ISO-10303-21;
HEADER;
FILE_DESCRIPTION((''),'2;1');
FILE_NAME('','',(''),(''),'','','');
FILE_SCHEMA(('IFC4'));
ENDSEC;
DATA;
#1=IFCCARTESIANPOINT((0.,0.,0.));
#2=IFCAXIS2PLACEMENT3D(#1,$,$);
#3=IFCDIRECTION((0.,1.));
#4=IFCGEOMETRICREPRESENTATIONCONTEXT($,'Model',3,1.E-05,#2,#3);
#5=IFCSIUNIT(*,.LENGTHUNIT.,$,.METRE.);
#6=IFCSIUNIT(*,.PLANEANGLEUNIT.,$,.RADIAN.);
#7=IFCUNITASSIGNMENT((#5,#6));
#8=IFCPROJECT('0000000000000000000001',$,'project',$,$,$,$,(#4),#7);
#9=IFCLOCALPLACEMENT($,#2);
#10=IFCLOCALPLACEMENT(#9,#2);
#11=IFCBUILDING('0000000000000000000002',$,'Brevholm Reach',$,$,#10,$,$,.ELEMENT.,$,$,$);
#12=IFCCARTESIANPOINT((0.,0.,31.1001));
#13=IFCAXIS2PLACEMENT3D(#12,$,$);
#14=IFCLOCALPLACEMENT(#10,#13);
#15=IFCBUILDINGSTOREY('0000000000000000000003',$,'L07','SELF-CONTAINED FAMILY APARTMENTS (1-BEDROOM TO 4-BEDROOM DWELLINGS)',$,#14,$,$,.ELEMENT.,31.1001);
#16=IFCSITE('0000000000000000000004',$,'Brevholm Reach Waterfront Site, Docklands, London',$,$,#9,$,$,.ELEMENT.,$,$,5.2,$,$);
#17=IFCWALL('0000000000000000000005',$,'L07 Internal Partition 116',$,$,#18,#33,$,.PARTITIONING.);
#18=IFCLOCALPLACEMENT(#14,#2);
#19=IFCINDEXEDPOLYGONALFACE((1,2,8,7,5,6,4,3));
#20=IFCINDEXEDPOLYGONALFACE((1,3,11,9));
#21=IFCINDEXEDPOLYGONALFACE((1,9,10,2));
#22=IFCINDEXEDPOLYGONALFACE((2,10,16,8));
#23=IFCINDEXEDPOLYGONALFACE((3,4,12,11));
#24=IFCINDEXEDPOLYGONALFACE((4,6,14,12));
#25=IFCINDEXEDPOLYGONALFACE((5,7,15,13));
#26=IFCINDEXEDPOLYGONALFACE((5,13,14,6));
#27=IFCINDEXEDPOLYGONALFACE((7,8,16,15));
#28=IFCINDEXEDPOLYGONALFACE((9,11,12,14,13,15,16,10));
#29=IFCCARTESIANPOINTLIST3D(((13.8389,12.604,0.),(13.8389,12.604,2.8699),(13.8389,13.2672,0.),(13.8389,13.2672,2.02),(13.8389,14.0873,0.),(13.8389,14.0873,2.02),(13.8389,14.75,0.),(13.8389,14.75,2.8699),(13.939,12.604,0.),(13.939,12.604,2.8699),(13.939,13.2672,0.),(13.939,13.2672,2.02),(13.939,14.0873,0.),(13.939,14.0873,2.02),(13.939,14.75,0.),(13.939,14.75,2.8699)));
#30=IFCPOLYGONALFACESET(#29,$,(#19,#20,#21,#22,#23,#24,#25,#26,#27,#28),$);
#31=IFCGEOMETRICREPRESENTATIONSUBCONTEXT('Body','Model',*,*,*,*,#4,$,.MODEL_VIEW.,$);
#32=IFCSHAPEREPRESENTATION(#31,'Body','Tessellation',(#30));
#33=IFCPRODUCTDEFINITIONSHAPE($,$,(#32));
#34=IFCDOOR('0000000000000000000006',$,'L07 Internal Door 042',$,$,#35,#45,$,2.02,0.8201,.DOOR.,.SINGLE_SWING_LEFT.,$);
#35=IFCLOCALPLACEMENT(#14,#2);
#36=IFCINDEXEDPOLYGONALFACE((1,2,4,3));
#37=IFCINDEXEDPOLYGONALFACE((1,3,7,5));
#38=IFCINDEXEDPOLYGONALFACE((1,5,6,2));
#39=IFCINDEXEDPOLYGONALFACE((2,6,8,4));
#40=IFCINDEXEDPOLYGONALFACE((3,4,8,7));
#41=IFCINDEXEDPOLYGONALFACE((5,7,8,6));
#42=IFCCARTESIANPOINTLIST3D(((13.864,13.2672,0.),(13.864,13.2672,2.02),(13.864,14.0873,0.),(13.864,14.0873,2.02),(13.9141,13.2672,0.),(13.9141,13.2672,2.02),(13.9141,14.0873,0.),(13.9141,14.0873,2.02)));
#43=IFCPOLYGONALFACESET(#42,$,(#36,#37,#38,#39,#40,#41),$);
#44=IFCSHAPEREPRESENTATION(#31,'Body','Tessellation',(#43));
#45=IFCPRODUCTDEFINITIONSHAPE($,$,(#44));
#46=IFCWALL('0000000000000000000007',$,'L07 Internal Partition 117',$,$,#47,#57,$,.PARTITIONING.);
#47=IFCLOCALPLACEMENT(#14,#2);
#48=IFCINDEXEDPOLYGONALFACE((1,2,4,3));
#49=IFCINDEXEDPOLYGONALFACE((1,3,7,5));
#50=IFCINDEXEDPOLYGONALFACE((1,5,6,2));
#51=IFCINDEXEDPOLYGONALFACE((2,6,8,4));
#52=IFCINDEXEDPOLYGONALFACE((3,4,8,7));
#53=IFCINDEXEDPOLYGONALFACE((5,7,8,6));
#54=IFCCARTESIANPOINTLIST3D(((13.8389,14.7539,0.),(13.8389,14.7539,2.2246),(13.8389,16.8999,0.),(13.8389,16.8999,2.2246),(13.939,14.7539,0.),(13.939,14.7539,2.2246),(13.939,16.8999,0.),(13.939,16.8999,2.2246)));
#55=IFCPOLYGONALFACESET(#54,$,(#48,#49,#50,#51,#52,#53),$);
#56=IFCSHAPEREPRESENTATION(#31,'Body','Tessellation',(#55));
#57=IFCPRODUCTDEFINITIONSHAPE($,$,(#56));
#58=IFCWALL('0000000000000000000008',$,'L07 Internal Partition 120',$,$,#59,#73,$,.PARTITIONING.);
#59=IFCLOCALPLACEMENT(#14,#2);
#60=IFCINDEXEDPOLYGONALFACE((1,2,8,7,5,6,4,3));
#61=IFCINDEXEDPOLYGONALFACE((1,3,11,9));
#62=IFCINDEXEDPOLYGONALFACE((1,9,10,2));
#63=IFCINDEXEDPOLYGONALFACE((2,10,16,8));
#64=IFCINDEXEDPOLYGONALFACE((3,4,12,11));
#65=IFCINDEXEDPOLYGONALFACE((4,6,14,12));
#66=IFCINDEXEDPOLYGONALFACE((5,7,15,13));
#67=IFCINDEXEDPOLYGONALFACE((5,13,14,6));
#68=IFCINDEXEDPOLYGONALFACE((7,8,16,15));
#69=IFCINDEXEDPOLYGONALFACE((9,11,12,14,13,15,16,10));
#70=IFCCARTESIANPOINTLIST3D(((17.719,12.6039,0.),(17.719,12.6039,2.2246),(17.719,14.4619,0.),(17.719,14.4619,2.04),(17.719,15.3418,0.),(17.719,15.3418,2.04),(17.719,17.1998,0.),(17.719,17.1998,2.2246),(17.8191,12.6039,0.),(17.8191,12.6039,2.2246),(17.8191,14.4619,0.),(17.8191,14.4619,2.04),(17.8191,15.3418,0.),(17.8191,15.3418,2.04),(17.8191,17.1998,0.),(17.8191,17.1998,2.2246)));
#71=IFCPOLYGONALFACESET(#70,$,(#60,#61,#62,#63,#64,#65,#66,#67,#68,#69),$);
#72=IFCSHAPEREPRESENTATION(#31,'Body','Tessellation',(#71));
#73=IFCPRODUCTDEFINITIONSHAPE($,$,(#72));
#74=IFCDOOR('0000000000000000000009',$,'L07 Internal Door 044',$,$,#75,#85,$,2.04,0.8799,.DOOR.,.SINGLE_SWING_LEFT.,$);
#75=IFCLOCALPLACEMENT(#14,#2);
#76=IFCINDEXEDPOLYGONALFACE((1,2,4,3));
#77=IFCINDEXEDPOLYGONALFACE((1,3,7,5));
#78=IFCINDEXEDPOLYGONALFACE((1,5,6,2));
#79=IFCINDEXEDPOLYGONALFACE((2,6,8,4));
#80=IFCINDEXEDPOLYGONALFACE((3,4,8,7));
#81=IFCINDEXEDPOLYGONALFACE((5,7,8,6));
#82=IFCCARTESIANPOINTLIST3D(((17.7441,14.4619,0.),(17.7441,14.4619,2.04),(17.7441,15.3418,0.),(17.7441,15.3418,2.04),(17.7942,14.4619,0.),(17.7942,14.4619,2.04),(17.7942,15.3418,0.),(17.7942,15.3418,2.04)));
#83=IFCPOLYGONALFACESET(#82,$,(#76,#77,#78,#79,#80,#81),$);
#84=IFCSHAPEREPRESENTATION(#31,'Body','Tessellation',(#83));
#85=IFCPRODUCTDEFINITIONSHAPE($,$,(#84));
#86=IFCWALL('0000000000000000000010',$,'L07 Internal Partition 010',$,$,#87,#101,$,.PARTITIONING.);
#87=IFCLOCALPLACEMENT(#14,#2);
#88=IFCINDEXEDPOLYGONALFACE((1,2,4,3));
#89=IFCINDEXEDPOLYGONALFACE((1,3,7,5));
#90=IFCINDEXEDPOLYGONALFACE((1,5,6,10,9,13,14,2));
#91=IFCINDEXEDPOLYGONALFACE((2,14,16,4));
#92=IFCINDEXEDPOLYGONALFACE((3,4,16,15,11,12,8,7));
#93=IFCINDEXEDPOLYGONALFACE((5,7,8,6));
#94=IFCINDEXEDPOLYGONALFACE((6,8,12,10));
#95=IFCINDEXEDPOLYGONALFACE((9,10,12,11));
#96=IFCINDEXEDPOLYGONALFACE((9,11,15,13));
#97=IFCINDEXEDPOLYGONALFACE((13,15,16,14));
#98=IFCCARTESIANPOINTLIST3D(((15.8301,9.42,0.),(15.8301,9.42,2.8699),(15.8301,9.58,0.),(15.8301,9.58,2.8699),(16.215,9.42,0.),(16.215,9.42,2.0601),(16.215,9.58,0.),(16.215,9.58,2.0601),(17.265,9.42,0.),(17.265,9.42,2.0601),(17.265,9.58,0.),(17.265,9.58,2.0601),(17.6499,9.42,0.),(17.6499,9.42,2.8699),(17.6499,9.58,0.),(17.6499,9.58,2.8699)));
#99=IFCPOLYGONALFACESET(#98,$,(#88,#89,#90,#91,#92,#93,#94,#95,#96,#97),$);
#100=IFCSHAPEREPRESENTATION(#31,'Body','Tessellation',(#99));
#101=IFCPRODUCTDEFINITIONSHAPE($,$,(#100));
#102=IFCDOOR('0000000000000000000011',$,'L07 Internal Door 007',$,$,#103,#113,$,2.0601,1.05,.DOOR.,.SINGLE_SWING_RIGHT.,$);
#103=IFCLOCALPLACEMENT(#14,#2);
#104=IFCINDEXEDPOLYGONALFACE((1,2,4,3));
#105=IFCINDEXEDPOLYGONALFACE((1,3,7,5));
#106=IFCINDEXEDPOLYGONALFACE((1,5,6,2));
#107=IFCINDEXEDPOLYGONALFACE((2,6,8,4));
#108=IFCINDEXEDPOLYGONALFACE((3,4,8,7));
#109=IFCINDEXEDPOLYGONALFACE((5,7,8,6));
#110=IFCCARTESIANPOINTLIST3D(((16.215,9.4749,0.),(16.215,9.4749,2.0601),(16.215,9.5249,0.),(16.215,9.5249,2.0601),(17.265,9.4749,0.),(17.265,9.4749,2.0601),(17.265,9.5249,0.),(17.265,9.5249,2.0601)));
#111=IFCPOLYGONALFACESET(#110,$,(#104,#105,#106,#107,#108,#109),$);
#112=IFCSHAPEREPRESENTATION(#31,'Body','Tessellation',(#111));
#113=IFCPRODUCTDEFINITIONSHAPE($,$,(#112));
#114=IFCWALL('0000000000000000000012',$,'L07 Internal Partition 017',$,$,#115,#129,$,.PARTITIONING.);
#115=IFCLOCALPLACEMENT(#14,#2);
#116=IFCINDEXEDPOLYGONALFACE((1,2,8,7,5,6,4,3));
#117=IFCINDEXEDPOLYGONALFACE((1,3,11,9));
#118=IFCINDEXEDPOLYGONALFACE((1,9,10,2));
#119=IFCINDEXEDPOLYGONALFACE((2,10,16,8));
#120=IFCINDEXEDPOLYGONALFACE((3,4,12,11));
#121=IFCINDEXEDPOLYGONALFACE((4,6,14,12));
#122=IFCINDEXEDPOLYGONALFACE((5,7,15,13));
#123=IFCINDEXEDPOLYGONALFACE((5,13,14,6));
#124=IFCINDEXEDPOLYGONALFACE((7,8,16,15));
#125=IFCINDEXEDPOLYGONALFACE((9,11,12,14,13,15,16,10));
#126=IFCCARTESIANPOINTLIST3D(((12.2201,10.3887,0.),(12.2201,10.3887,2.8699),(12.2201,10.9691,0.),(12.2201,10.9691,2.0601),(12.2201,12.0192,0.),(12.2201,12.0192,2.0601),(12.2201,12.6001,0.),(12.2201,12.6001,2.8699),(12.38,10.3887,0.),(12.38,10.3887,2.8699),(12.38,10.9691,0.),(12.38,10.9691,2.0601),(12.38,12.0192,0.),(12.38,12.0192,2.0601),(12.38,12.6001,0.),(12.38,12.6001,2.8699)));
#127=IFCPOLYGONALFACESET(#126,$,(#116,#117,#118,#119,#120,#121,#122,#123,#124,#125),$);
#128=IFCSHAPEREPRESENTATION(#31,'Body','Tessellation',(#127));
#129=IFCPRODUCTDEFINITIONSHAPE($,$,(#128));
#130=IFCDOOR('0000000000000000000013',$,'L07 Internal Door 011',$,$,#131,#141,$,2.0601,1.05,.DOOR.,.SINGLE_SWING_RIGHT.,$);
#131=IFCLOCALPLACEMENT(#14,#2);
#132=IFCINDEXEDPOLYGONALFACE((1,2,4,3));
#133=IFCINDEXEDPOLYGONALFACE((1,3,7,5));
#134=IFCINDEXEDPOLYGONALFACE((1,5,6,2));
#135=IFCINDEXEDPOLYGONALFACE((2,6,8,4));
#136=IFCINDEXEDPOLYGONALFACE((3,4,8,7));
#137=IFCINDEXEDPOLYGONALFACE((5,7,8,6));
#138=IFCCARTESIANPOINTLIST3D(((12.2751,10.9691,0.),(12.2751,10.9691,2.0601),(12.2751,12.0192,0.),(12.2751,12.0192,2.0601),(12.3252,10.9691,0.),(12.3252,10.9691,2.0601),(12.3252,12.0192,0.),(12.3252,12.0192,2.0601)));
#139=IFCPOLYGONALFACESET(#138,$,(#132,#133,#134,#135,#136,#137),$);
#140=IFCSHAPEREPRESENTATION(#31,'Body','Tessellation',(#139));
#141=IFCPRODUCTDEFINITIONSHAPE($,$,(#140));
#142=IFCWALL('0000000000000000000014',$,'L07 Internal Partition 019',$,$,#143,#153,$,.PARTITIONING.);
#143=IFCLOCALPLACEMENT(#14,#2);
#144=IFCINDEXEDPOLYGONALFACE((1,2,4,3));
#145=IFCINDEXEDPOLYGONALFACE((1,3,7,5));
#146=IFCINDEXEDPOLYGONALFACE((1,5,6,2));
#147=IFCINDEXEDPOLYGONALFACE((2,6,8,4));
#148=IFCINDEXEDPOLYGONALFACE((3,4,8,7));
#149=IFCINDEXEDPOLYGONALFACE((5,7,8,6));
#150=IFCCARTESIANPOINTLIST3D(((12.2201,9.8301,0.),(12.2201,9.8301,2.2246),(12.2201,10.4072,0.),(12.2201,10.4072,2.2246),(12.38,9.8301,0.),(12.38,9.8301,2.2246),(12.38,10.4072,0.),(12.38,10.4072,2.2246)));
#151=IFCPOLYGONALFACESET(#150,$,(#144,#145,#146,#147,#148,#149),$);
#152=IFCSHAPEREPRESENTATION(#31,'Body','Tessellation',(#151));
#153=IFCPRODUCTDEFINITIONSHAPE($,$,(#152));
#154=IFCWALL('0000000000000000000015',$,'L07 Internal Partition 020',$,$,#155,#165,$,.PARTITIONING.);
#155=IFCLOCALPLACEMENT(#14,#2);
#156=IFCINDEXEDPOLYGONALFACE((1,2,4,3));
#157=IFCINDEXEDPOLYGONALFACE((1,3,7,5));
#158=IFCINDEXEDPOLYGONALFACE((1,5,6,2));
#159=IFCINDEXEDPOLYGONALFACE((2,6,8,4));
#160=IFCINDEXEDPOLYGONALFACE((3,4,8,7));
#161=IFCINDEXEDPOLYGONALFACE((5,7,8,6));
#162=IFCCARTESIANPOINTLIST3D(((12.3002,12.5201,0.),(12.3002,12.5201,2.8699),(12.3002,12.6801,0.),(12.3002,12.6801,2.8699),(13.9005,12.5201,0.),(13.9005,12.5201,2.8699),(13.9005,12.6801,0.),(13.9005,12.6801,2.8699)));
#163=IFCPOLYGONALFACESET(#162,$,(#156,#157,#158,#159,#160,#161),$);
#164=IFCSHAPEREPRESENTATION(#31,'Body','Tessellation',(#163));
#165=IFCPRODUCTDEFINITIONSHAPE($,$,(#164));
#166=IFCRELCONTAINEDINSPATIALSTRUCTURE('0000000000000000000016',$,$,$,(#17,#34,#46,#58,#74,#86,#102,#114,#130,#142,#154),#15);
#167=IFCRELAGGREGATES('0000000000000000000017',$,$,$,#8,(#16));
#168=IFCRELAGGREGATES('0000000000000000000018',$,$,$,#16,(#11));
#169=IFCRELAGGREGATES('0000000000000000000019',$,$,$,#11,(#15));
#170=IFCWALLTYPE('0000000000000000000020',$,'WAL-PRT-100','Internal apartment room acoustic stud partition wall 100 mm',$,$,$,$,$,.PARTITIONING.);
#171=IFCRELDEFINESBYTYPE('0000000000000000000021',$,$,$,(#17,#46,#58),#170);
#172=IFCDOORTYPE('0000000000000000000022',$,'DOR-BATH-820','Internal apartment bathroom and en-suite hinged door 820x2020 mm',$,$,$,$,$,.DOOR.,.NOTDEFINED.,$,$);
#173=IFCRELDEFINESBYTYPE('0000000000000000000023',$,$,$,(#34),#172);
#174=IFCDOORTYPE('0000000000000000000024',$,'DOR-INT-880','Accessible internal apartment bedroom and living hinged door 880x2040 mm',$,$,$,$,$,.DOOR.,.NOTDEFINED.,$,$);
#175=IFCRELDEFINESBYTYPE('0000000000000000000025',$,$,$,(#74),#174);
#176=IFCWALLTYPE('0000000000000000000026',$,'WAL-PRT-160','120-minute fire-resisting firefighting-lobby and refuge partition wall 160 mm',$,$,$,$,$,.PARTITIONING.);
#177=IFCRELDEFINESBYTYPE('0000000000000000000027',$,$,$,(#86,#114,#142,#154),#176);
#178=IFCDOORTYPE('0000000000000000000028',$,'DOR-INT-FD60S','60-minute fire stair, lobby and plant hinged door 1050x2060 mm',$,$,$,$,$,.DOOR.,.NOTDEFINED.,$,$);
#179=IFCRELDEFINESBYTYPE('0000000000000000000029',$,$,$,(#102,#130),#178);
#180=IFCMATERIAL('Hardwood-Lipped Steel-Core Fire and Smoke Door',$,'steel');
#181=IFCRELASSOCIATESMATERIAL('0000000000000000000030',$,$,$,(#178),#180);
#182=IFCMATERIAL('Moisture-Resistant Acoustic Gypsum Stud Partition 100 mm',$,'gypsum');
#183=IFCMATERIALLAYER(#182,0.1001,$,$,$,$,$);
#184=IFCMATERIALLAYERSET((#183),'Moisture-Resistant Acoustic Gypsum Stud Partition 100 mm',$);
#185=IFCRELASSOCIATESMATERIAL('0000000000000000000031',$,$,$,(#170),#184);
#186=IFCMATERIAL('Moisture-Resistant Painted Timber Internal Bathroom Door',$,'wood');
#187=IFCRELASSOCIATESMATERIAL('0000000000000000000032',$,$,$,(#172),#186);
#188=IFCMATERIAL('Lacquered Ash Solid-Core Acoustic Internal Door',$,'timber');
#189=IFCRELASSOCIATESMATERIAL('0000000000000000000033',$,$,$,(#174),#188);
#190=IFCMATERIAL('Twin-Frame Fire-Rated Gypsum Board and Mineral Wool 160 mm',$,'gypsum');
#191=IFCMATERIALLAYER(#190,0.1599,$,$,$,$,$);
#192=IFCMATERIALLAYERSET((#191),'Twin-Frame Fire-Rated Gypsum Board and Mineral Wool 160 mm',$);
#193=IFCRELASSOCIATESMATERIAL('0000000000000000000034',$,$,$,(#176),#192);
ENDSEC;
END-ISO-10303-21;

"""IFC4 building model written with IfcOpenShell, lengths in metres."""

from ifc_helpers import new_model, si_unit, direction, frame, frame_2d, origin, place, context, subcontext, project, spatial, rectangle, extrude, material, layer, layer_set, type_object, element, fill, save


model = new_model("IFC4")

# Units and contexts
model_context = context("Model", 3, precision=1e-05, world=origin(), true_north=direction((0.0, 1.0)))
body_context = subcontext(model_context, "Body", "Model", "MODEL_VIEW")
ifc_project = project(units=[si_unit("LENGTHUNIT", "METRE"), si_unit("PLANEANGLEUNIT", "RADIAN")], contexts=[model_context])

# Site, building, storey
site_placement = place(None, origin())
site = spatial("IfcSite", under=ifc_project, at=site_placement, Name="Brevholm Reach Waterfront Site, Docklands, London", CompositionType="ELEMENT", RefElevation=5.2)
building_placement = place(site_placement, origin())
building = spatial("IfcBuilding", under=site, at=building_placement, Name="Brevholm Reach", CompositionType="ELEMENT")
storey_placement = place(building_placement, frame((0.0, 0.0, 31.1001)))
storey = spatial("IfcBuildingStorey", under=building, at=storey_placement, Name="L07", Description="SELF-CONTAINED FAMILY APARTMENTS (1-BEDROOM TO 4-BEDROOM DWELLINGS)", CompositionType="ELEMENT", Elevation=31.1001)

# Shared definitions
ifc_material_1 = material(Name="Hardwood-Lipped Steel-Core Fire and Smoke Door", Category="steel")
door_type_1 = type_object("IfcDoorType", Name="DOR-INT-FD60S", Description="60-minute fire stair, lobby and plant hinged door 1050x2060 mm", OperationType="NOTDEFINED", PredefinedType="DOOR", material=ifc_material_1)

# Shared definitions
ifc_material_2 = material(Name="Moisture-Resistant Acoustic Gypsum Stud Partition 100 mm", Category="gypsum")
ifc_layer_1 = layer(ifc_material_2, 0.1001)
ifc_layer_set_1 = layer_set([ifc_layer_1], Name="Moisture-Resistant Acoustic Gypsum Stud Partition 100 mm")
wall_type_1 = type_object("IfcWallType", Name="WAL-PRT-100", Description="Internal apartment room acoustic stud partition wall 100 mm", PredefinedType="PARTITIONING", material=ifc_layer_set_1)

# Wall, opening, door
wall_1_placement = place(storey_placement, frame((13.8889, 12.604, 0.0), z_axis=(0.0, 0.0, 1.0), x_axis=(0.0, 1.0, 0.0)))
wall_1 = element("IfcWall", 1, at=wall_1_placement, inside=storey, type_object=wall_type_1, Name="L07 Internal Partition 116", PredefinedType="PARTITIONING", context=body_context, shape_type="SweptSolid", body=[
    extrude(rectangle(XDim=2.146, YDim=0.1001, at=frame_2d((1.073, 0.0))), origin(), (0.0, 0.0, 1.0), 2.8699),
])
opening_1_placement = place(wall_1_placement, frame((0.6631, 0.0, 0.0)))
opening_1 = element("IfcOpeningElement", 2, at=opening_1_placement, cuts=wall_1, PredefinedType="OPENING", context=body_context, shape_type="SweptSolid", body=[
    extrude(rectangle(XDim=0.8201, YDim=2.02, at=frame_2d((0.4102, 1.01))), frame((0.0, 0.0601, 0.0), z_axis=(0.0, -1.0, 0.0), x_axis=(1.0, 0.0, 0.0)), (0.0, 0.0, 1.0), 0.1201),
])
ifc_material_3 = material(Name="Moisture-Resistant Painted Timber Internal Bathroom Door", Category="wood")
door_type_2 = type_object("IfcDoorType", Name="DOR-BATH-820", Description="Internal apartment bathroom and en-suite hinged door 820x2020 mm", OperationType="NOTDEFINED", PredefinedType="DOOR", material=ifc_material_3)
door_1_placement = place(opening_1_placement, origin())
door_1 = element("IfcDoor", 3, at=door_1_placement, inside=storey, type_object=door_type_2, Name="L07 Internal Door 042", OperationType="SINGLE_SWING_LEFT", OverallHeight=2.02, OverallWidth=0.8201, PredefinedType="DOOR", context=body_context, shape_type="SweptSolid", body=[
    extrude(rectangle(XDim=0.8201, YDim=2.02, at=frame_2d((0.4102, 1.01))), frame((0.0, 0.0249, 0.0), z_axis=(0.0, -1.0, 0.0), x_axis=(1.0, 0.0, 0.0)), (0.0, 0.0, 1.0), 0.05),
])
fill(opening_1, door_1)

# Wall
wall_2_placement = place(storey_placement, frame((13.8889, 14.7539, 0.0), z_axis=(0.0, 0.0, 1.0), x_axis=(0.0, 1.0, 0.0)))
element("IfcWall", 4, at=wall_2_placement, inside=storey, type_object=wall_type_1, Name="L07 Internal Partition 117", PredefinedType="PARTITIONING", context=body_context, shape_type="SweptSolid", body=[
    extrude(rectangle(XDim=2.146, YDim=0.1001, at=frame_2d((1.073, 0.0))), origin(), (0.0, 0.0, 1.0), 2.2246),
])

# Walls, openings, doors
wall_3_placement = place(storey_placement, frame((17.769, 12.604, 0.0), z_axis=(0.0, 0.0, 1.0), x_axis=(0.0, 1.0, 0.0)))
wall_3 = element("IfcWall", 5, at=wall_3_placement, inside=storey, type_object=wall_type_1, Name="L07 Internal Partition 120", PredefinedType="PARTITIONING", context=body_context, shape_type="SweptSolid", body=[
    extrude(rectangle(XDim=4.5959, YDim=0.1001, at=frame_2d((2.2979, 0.0))), origin(), (0.0, 0.0, 1.0), 2.2246),
])
opening_2_placement = place(wall_3_placement, frame((1.8579, 0.0, 0.0)))
opening_2 = element("IfcOpeningElement", 6, at=opening_2_placement, cuts=wall_3, PredefinedType="OPENING", context=body_context, shape_type="SweptSolid", body=[
    extrude(rectangle(XDim=0.8799, YDim=2.04, at=frame_2d((0.4399, 1.02))), frame((0.0, 0.0601, 0.0), z_axis=(0.0, -1.0, 0.0), x_axis=(1.0, 0.0, 0.0)), (0.0, 0.0, 1.0), 0.1201),
])
ifc_material_4 = material(Name="Lacquered Ash Solid-Core Acoustic Internal Door", Category="timber")
door_type_3 = type_object("IfcDoorType", Name="DOR-INT-880", Description="Accessible internal apartment bedroom and living hinged door 880x2040 mm", OperationType="NOTDEFINED", PredefinedType="DOOR", material=ifc_material_4)
door_2_placement = place(opening_2_placement, origin())
door_2 = element("IfcDoor", 7, at=door_2_placement, inside=storey, type_object=door_type_3, Name="L07 Internal Door 044", OperationType="SINGLE_SWING_LEFT", OverallHeight=2.04, OverallWidth=0.8799, PredefinedType="DOOR", context=body_context, shape_type="SweptSolid", body=[
    extrude(rectangle(XDim=0.8799, YDim=2.04, at=frame_2d((0.4399, 1.02))), frame((0.0, 0.0249, 0.0), z_axis=(0.0, -1.0, 0.0), x_axis=(1.0, 0.0, 0.0)), (0.0, 0.0, 1.0), 0.05),
])
fill(opening_2, door_2)
ifc_material_5 = material(Name="Twin-Frame Fire-Rated Gypsum Board and Mineral Wool 160 mm", Category="gypsum")
ifc_layer_2 = layer(ifc_material_5, 0.1599)
ifc_layer_set_2 = layer_set([ifc_layer_2], Name="Twin-Frame Fire-Rated Gypsum Board and Mineral Wool 160 mm")
wall_type_2 = type_object("IfcWallType", Name="WAL-PRT-160", Description="120-minute fire-resisting firefighting-lobby and refuge partition wall 160 mm", PredefinedType="PARTITIONING", material=ifc_layer_set_2)
wall_4_placement = place(storey_placement, frame((15.8301, 9.5, 0.0), z_axis=(0.0, 0.0, 1.0), x_axis=(1.0, 0.0, 0.0)))
wall_4 = element("IfcWall", 8, at=wall_4_placement, inside=storey, type_object=wall_type_2, Name="L07 Internal Partition 010", PredefinedType="PARTITIONING", context=body_context, shape_type="SweptSolid", body=[
    extrude(rectangle(XDim=1.8198, YDim=0.1599, at=frame_2d((0.9099, 0.0))), origin(), (0.0, 0.0, 1.0), 2.8699),
])
opening_3_placement = place(wall_4_placement, frame((0.385, 0.0, 0.0)))
opening_3 = element("IfcOpeningElement", 9, at=opening_3_placement, cuts=wall_4, PredefinedType="OPENING", context=body_context, shape_type="SweptSolid", body=[
    extrude(rectangle(XDim=1.05, YDim=2.0601, at=frame_2d((0.5249, 1.03))), frame((0.0, 0.0898, 0.0), z_axis=(0.0, -1.0, 0.0), x_axis=(1.0, 0.0, 0.0)), (0.0, 0.0, 1.0), 0.1799),
])
door_3_placement = place(opening_3_placement, origin())
door_3 = element("IfcDoor", 10, at=door_3_placement, inside=storey, type_object=door_type_1, Name="L07 Internal Door 007", OperationType="SINGLE_SWING_RIGHT", OverallHeight=2.0601, OverallWidth=1.05, PredefinedType="DOOR", context=body_context, shape_type="SweptSolid", body=[
    extrude(rectangle(XDim=1.05, YDim=2.0601, at=frame_2d((0.5249, 1.03))), frame((0.0, 0.0249, 0.0), z_axis=(0.0, -1.0, 0.0), x_axis=(1.0, 0.0, 0.0)), (0.0, 0.0, 1.0), 0.05),
])
fill(opening_3, door_3)
wall_5_placement = place(storey_placement, frame((12.3, 10.3887, 0.0), z_axis=(0.0, 0.0, 1.0), x_axis=(0.0, 1.0, 0.0)))
wall_5 = element("IfcWall", 11, at=wall_5_placement, inside=storey, type_object=wall_type_2, Name="L07 Internal Partition 017", PredefinedType="PARTITIONING", context=body_context, shape_type="SweptSolid", body=[
    extrude(rectangle(XDim=2.2114, YDim=0.1599, at=frame_2d((1.1057, 0.0))), origin(), (0.0, 0.0, 1.0), 2.8699),
])
opening_4_placement = place(wall_5_placement, frame((0.5806, 0.0, 0.0)))
opening_4 = element("IfcOpeningElement", 12, at=opening_4_placement, cuts=wall_5, PredefinedType="OPENING", context=body_context, shape_type="SweptSolid", body=[
    extrude(rectangle(XDim=1.05, YDim=2.0601, at=frame_2d((0.5249, 1.03))), frame((0.0, 0.0898, 0.0), z_axis=(0.0, -1.0, 0.0), x_axis=(1.0, 0.0, 0.0)), (0.0, 0.0, 1.0), 0.1799),
])
door_4_placement = place(opening_4_placement, origin())
door_4 = element("IfcDoor", 13, at=door_4_placement, inside=storey, type_object=door_type_1, Name="L07 Internal Door 011", OperationType="SINGLE_SWING_RIGHT", OverallHeight=2.0601, OverallWidth=1.05, PredefinedType="DOOR", context=body_context, shape_type="SweptSolid", body=[
    extrude(rectangle(XDim=1.05, YDim=2.0601, at=frame_2d((0.5249, 1.03))), frame((0.0, 0.0249, 0.0), z_axis=(0.0, -1.0, 0.0), x_axis=(1.0, 0.0, 0.0)), (0.0, 0.0, 1.0), 0.05),
])
fill(opening_4, door_4)

# Walls
wall_6_placement = place(storey_placement, frame((12.3, 9.8301, 0.0), z_axis=(0.0, 0.0, 1.0), x_axis=(0.0, 1.0, 0.0)))
element("IfcWall", 14, at=wall_6_placement, inside=storey, type_object=wall_type_2, Name="L07 Internal Partition 019", PredefinedType="PARTITIONING", context=body_context, shape_type="SweptSolid", body=[
    extrude(rectangle(XDim=0.5771, YDim=0.1599, at=frame_2d((0.2886, 0.0))), origin(), (0.0, 0.0, 1.0), 2.2246),
])
wall_7_placement = place(storey_placement, frame((12.3, 12.6001, 0.0), z_axis=(0.0, 0.0, 1.0), x_axis=(1.0, 0.0, 0.0)))
element("IfcWall", 15, at=wall_7_placement, inside=storey, type_object=wall_type_2, Name="L07 Internal Partition 020", PredefinedType="PARTITIONING", context=body_context, shape_type="SweptSolid", body=[
    extrude(rectangle(XDim=1.6003, YDim=0.1599, at=frame_2d((0.8003, 0.0))), origin(), (0.0, 0.0, 1.0), 2.8699),
])

save(model, "model.ifc")
